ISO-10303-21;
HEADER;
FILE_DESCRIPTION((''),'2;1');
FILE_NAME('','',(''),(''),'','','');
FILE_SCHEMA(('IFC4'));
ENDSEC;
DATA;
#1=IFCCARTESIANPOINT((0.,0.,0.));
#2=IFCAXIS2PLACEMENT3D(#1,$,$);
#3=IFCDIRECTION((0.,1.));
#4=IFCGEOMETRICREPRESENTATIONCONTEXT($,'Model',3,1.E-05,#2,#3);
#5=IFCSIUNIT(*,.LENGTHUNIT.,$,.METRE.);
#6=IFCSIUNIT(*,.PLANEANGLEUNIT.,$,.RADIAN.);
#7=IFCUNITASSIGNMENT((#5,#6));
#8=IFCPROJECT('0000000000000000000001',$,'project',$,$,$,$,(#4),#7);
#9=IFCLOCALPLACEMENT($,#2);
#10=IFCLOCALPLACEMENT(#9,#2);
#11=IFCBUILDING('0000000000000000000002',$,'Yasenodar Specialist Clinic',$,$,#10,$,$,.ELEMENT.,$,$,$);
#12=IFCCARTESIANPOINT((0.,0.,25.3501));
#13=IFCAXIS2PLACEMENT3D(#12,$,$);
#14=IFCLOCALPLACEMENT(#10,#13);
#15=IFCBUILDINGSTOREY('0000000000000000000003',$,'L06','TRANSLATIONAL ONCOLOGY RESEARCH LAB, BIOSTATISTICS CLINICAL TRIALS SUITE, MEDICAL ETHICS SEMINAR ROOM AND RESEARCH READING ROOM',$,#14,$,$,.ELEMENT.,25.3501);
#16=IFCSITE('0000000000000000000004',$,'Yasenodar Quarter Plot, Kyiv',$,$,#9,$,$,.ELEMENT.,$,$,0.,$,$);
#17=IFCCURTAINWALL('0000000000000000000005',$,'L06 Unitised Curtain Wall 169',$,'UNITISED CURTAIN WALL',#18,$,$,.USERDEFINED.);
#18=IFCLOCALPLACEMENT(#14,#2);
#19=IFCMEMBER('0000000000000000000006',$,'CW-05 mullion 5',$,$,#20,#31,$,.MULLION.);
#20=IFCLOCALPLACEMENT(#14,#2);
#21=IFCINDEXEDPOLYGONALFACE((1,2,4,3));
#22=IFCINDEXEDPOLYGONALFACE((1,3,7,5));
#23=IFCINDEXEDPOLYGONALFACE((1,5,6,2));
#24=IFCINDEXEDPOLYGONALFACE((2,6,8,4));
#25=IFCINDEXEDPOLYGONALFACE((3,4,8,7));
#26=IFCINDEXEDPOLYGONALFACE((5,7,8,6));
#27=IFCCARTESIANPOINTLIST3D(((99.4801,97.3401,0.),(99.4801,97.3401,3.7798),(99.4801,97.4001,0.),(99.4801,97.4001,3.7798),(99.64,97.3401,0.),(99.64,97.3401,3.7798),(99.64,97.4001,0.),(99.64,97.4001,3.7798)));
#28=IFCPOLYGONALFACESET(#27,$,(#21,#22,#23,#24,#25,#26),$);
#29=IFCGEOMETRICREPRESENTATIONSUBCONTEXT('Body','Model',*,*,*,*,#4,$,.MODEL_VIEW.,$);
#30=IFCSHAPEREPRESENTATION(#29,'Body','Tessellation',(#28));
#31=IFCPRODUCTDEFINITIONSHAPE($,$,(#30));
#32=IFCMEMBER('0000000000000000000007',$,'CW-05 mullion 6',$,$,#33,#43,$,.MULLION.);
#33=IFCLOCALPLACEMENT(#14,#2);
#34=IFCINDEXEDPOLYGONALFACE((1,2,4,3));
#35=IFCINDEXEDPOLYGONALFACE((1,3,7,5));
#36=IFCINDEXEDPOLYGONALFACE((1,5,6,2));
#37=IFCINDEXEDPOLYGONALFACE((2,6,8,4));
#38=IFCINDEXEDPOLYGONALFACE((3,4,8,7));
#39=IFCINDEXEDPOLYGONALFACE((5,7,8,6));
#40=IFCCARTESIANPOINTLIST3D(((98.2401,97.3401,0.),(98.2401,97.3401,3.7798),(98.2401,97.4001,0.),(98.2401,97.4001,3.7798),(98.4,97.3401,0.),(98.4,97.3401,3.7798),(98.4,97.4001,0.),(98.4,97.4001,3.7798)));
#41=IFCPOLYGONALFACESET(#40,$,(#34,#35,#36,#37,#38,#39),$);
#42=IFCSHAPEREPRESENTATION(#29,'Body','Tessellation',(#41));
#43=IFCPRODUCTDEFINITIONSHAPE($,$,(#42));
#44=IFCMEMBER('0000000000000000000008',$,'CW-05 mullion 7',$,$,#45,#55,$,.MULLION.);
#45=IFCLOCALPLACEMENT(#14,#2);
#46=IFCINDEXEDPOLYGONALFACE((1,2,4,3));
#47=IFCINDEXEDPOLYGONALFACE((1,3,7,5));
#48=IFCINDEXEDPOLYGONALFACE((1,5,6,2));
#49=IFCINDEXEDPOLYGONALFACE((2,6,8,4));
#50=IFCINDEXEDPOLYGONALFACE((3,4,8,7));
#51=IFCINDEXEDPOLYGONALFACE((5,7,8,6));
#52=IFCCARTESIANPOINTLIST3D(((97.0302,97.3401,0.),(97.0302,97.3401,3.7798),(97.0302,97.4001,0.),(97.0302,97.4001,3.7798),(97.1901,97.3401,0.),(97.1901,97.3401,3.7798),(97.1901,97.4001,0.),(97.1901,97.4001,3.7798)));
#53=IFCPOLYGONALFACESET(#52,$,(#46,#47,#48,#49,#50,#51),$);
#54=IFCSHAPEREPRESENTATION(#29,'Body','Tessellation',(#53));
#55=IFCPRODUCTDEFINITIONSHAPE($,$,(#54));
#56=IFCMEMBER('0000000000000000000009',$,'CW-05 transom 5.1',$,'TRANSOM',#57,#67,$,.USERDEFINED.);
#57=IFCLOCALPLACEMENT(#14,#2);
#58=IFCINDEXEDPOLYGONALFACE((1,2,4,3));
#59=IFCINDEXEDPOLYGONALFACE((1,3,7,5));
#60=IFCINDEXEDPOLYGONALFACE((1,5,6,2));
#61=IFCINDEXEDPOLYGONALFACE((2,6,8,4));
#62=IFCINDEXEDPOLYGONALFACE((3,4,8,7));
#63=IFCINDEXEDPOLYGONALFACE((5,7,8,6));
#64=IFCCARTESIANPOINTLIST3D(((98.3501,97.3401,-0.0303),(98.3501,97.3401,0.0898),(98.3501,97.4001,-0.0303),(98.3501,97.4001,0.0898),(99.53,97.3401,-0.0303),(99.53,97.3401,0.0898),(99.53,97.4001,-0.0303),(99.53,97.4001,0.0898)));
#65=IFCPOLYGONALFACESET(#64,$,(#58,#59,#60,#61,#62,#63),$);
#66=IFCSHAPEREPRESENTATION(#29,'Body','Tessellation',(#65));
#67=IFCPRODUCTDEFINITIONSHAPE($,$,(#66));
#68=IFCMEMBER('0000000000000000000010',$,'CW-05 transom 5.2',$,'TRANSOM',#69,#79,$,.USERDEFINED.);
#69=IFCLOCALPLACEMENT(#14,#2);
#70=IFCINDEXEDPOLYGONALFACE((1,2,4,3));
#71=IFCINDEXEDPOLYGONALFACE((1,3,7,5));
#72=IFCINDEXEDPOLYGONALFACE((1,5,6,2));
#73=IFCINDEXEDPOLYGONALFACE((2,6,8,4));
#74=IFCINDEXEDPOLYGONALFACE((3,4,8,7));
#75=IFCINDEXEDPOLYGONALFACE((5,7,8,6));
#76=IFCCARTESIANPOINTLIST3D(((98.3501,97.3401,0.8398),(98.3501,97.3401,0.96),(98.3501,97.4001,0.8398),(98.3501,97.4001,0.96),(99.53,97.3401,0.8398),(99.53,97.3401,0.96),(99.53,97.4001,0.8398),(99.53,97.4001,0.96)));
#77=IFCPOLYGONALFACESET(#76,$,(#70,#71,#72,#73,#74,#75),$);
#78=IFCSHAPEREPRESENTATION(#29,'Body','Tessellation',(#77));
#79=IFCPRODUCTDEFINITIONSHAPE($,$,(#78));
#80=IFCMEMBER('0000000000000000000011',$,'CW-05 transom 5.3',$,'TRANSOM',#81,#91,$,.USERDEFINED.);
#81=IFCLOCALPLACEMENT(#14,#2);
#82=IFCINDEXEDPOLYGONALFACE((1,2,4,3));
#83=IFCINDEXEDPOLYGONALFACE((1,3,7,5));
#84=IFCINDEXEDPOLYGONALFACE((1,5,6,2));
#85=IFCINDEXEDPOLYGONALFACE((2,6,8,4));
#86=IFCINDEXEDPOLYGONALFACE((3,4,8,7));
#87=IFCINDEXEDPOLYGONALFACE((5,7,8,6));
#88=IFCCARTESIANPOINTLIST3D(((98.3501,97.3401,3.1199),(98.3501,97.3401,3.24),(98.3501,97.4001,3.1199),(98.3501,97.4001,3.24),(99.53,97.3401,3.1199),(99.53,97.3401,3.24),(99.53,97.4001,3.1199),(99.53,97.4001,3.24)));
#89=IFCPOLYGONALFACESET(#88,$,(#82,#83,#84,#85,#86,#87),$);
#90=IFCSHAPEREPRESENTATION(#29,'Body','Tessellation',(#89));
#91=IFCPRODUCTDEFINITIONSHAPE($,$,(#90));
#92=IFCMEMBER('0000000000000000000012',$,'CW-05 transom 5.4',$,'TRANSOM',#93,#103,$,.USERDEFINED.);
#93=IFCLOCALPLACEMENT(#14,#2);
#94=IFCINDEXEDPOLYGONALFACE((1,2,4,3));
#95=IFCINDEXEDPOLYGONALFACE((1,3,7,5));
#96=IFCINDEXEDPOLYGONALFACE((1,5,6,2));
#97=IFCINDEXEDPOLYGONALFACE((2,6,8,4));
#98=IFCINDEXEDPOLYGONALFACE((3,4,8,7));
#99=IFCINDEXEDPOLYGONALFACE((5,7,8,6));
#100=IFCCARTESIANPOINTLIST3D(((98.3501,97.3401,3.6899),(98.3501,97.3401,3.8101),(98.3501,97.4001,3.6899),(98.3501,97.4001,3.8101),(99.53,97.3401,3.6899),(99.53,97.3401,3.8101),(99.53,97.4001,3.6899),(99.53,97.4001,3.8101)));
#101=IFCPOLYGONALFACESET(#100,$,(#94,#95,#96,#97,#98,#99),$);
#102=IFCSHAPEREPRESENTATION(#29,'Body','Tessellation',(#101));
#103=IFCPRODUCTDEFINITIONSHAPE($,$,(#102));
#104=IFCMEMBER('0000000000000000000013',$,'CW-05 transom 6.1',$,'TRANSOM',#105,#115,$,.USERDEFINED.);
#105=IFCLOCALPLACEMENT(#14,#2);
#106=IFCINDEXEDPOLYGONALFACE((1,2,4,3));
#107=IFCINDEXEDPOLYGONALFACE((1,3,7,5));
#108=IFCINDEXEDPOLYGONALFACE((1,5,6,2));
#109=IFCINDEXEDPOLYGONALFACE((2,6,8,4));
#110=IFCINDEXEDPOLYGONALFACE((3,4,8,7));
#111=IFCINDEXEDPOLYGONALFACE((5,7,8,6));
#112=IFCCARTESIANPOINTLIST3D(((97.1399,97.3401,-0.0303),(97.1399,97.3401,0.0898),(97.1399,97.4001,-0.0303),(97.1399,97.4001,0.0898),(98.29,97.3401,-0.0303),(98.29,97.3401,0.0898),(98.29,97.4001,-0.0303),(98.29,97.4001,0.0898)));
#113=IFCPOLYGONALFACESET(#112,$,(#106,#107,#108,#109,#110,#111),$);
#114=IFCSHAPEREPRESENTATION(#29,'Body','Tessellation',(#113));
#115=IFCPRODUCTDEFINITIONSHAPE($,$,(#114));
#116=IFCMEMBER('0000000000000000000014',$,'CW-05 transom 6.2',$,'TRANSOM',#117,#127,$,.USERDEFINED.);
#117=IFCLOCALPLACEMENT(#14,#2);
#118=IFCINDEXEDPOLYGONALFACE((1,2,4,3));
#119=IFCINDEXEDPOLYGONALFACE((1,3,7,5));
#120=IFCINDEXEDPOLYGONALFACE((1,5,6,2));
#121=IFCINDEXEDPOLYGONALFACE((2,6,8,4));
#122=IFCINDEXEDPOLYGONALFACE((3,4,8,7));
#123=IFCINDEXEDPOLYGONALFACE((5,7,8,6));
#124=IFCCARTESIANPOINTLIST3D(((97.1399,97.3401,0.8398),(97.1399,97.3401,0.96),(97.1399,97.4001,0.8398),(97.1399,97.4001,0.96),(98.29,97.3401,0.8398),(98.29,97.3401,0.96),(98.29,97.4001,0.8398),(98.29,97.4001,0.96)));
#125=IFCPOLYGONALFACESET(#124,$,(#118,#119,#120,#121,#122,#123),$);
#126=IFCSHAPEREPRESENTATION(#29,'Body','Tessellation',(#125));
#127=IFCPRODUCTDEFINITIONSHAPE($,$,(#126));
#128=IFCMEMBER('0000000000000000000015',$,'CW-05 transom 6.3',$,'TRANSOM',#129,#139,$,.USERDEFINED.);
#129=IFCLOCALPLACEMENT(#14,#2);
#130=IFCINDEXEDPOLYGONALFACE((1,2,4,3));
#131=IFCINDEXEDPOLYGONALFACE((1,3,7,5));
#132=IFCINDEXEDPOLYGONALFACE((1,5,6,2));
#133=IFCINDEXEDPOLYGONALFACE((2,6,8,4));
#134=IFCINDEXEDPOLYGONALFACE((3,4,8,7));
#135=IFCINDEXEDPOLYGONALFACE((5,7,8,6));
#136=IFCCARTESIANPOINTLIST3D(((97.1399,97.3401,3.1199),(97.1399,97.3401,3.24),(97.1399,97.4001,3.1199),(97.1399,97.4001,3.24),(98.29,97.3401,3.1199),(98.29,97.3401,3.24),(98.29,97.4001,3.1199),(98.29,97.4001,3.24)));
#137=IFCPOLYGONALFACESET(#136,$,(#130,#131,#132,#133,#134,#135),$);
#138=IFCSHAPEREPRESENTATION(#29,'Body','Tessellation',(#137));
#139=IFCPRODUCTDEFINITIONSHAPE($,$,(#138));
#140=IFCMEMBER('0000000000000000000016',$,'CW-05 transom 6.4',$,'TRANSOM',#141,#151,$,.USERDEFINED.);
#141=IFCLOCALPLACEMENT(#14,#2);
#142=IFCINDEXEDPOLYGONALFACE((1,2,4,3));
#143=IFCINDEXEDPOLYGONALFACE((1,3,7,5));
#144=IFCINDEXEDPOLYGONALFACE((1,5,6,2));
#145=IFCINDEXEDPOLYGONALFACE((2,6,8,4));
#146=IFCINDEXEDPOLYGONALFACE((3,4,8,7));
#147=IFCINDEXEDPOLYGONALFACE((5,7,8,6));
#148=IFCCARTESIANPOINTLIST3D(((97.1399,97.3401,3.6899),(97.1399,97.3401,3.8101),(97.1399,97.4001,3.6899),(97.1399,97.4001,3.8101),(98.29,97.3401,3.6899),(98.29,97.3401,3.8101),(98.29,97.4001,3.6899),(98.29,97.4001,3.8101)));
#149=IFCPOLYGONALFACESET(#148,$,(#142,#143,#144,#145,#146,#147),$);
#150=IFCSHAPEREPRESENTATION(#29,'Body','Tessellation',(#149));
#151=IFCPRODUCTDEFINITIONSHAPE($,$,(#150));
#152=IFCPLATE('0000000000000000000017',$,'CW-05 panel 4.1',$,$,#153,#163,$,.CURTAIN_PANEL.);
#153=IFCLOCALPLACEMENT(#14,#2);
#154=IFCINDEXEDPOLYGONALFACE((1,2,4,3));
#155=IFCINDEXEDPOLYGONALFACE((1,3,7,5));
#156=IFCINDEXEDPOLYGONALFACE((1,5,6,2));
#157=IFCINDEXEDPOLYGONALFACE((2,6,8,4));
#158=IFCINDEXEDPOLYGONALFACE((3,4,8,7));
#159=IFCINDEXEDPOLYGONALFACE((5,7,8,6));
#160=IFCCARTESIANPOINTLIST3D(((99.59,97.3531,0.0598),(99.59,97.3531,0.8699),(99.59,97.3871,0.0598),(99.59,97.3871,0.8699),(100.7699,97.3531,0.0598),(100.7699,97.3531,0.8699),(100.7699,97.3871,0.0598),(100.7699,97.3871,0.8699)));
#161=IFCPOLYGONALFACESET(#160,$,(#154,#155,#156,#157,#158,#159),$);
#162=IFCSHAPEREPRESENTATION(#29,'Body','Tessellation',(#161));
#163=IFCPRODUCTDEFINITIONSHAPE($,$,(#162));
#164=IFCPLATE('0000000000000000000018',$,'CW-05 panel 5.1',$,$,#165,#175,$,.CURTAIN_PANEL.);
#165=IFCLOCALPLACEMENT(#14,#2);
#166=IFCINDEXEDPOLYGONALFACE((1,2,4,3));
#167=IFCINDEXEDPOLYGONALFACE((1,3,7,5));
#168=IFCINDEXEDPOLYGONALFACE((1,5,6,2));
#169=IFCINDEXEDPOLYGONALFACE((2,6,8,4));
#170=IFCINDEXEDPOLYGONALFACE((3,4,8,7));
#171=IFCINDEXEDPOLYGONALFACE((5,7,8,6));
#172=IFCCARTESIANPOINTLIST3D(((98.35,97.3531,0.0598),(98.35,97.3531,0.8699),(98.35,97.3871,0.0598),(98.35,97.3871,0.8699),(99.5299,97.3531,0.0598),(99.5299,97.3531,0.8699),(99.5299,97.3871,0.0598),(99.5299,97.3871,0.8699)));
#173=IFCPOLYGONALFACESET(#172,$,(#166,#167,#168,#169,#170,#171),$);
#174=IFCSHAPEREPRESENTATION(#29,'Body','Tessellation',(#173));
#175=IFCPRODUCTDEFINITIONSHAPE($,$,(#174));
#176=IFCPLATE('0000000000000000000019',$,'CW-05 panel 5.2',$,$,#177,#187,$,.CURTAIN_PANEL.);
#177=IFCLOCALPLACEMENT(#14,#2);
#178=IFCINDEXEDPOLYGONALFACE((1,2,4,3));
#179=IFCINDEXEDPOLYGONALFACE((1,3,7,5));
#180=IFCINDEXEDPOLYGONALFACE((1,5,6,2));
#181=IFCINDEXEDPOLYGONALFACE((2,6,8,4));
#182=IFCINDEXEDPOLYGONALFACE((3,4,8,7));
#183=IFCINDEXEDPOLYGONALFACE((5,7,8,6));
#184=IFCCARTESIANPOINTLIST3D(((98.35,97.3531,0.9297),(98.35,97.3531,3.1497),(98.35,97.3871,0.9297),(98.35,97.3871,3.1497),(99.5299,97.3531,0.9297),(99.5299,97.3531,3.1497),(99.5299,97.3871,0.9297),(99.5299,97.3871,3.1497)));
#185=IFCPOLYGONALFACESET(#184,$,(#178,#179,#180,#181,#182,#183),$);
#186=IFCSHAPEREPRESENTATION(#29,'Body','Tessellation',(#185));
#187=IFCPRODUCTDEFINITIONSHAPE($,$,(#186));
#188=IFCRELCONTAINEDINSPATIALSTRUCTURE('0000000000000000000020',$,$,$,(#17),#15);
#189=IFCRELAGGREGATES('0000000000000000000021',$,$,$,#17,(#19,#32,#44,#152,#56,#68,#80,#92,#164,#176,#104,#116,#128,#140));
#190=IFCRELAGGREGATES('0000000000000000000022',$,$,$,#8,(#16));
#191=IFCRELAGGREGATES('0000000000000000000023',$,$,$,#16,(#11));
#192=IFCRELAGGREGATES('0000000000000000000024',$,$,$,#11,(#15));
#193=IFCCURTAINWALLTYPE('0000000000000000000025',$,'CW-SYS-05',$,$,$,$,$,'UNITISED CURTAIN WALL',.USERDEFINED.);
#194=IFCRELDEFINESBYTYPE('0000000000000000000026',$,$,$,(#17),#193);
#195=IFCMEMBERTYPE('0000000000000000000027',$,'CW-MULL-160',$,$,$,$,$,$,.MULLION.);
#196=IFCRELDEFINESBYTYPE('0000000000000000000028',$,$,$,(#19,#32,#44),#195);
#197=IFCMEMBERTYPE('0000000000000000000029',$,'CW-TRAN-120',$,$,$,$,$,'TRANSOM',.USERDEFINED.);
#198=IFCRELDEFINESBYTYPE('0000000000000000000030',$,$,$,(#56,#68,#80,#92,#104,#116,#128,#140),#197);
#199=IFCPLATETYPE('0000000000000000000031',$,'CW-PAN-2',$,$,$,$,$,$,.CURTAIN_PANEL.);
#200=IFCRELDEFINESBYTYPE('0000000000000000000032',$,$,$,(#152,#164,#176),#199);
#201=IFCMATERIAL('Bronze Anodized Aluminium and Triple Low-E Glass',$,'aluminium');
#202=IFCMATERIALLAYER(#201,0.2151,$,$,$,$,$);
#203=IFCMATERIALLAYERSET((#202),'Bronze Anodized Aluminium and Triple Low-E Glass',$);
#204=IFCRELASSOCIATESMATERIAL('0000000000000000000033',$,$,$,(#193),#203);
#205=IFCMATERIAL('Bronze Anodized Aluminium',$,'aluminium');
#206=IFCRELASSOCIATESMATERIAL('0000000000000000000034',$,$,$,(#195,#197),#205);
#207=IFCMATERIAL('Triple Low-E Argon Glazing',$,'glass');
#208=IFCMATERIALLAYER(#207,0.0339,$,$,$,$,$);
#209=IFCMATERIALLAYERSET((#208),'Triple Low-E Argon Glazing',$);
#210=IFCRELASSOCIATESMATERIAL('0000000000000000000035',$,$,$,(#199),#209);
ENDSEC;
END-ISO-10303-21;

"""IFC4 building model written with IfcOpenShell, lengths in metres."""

from ifc_helpers import new_model, si_unit, direction, frame, origin, origin_2d, place, context, subcontext, project, spatial, rectangle, extrude, material, layer, layer_set, material_profile, profile_set, type_object, element, aggregate, save


model = new_model("IFC4")

# Units and contexts
model_context = context("Model", 3, precision=1e-05, world=origin(), true_north=direction((0.0, 1.0)))
body_context = subcontext(model_context, "Body", "Model", "MODEL_VIEW")
ifc_project = project(units=[si_unit("LENGTHUNIT", "METRE"), si_unit("PLANEANGLEUNIT", "RADIAN")], contexts=[model_context])

# Site, building, storey
site_placement = place(None, origin())
site = spatial("IfcSite", under=ifc_project, at=site_placement, Name="Yasenodar Quarter Plot, Kyiv", CompositionType="ELEMENT", RefElevation=0.0)
building_placement = place(site_placement, origin())
building = spatial("IfcBuilding", under=site, at=building_placement, Name="Yasenodar Specialist Clinic", CompositionType="ELEMENT")
storey_placement = place(building_placement, frame((0.0, 0.0, 25.3501)))
storey = spatial("IfcBuildingStorey", under=building, at=storey_placement, Name="L06", Description="TRANSLATIONAL ONCOLOGY RESEARCH LAB, BIOSTATISTICS CLINICAL TRIALS SUITE, MEDICAL ETHICS SEMINAR ROOM AND RESEARCH READING ROOM", CompositionType="ELEMENT", Elevation=25.3501)

# Curtain wall, members, plates
ifc_material_1 = material(Name="Bronze Anodized Aluminium and Triple Low-E Glass", Category="aluminium")
ifc_layer_1 = layer(ifc_material_1, 0.2151)
ifc_layer_set_1 = layer_set([ifc_layer_1], Name="Bronze Anodized Aluminium and Triple Low-E Glass")
curtain_wall_type = type_object("IfcCurtainWallType", Name="CW-SYS-05", ElementType="UNITISED CURTAIN WALL", PredefinedType="USERDEFINED", material=ifc_layer_set_1)
curtain_wall_placement = place(storey_placement, origin())
curtain_wall = element("IfcCurtainWall", 1, at=curtain_wall_placement, inside=storey, type_object=curtain_wall_type, Name="L06 Unitised Curtain Wall 169", ObjectType="UNITISED CURTAIN WALL", PredefinedType="USERDEFINED")
ifc_material_2 = material(Name="Bronze Anodized Aluminium", Category="aluminium")
ifc_material_profile_1 = material_profile(ifc_material_2, rectangle(XDim=0.0601, YDim=0.1599, at=origin_2d()), Name="CW-MULL 60x160")
ifc_profile_set_1 = profile_set([ifc_material_profile_1], Name="Bronze Anodized Aluminium")
member_type_1 = type_object("IfcMemberType", Name="CW-MULL-160", PredefinedType="MULLION", material=ifc_profile_set_1)
member_1_placement = place(storey_placement, frame((99.5601, 97.3701, 0.0), z_axis=(0.0, 0.0, 1.0), x_axis=(0.0, -1.0, 0.0)))
member_1 = element("IfcMember", 2, at=member_1_placement, type_object=member_type_1, Name="CW-05 mullion 5", PredefinedType="MULLION", context=body_context, shape_type="SweptSolid", body=[
    extrude(rectangle(XDim=0.0601, YDim=0.1599, at=origin_2d()), origin(), (0.0, 0.0, 1.0), 3.7798),
])
member_2_placement = place(storey_placement, frame((98.3201, 97.3701, 0.0), z_axis=(0.0, 0.0, 1.0), x_axis=(0.0, -1.0, 0.0)))
member_2 = element("IfcMember", 3, at=member_2_placement, type_object=member_type_1, Name="CW-05 mullion 6", PredefinedType="MULLION", context=body_context, shape_type="SweptSolid", body=[
    extrude(rectangle(XDim=0.0601, YDim=0.1599, at=origin_2d()), origin(), (0.0, 0.0, 1.0), 3.7798),
])
member_3_placement = place(storey_placement, frame((97.1101, 97.3701, 0.0), z_axis=(0.0, 0.0, 1.0), x_axis=(0.0, -1.0, 0.0)))
member_3 = element("IfcMember", 4, at=member_3_placement, type_object=member_type_1, Name="CW-05 mullion 7", PredefinedType="MULLION", context=body_context, shape_type="SweptSolid", body=[
    extrude(rectangle(XDim=0.0601, YDim=0.1599, at=origin_2d()), origin(), (0.0, 0.0, 1.0), 3.7798),
])
ifc_material_profile_2 = material_profile(ifc_material_2, rectangle(XDim=0.0601, YDim=0.1201, at=origin_2d()), Name="CW-TRAN 60x120")
ifc_profile_set_2 = profile_set([ifc_material_profile_2], Name="Bronze Anodized Aluminium")
member_type_2 = type_object("IfcMemberType", Name="CW-TRAN-120", ElementType="TRANSOM", PredefinedType="USERDEFINED", material=ifc_profile_set_2)
member_4_placement = place(storey_placement, frame((99.53, 97.3701, 0.0298), z_axis=(-1.0, 0.0, 0.0), x_axis=(0.0, -1.0, 0.0)))
member_4 = element("IfcMember", 5, at=member_4_placement, type_object=member_type_2, Name="CW-05 transom 5.1", ObjectType="TRANSOM", PredefinedType="USERDEFINED", context=body_context, shape_type="SweptSolid", body=[
    extrude(rectangle(XDim=0.0601, YDim=0.1201, at=origin_2d()), origin(), (0.0, 0.0, 1.0), 1.1799),
])
member_5_placement = place(storey_placement, frame((99.53, 97.3701, 0.8999), z_axis=(-1.0, 0.0, 0.0), x_axis=(0.0, -1.0, 0.0)))
member_5 = element("IfcMember", 6, at=member_5_placement, type_object=member_type_2, Name="CW-05 transom 5.2", ObjectType="TRANSOM", PredefinedType="USERDEFINED", context=body_context, shape_type="SweptSolid", body=[
    extrude(rectangle(XDim=0.0601, YDim=0.1201, at=origin_2d()), origin(), (0.0, 0.0, 1.0), 1.1799),
])
member_6_placement = place(storey_placement, frame((99.53, 97.3701, 3.1799), z_axis=(-1.0, 0.0, 0.0), x_axis=(0.0, -1.0, 0.0)))
member_6 = element("IfcMember", 7, at=member_6_placement, type_object=member_type_2, Name="CW-05 transom 5.3", ObjectType="TRANSOM", PredefinedType="USERDEFINED", context=body_context, shape_type="SweptSolid", body=[
    extrude(rectangle(XDim=0.0601, YDim=0.1201, at=origin_2d()), origin(), (0.0, 0.0, 1.0), 1.1799),
])
member_7_placement = place(storey_placement, frame((99.53, 97.3701, 3.75), z_axis=(-1.0, 0.0, 0.0), x_axis=(0.0, -1.0, 0.0)))
member_7 = element("IfcMember", 8, at=member_7_placement, type_object=member_type_2, Name="CW-05 transom 5.4", ObjectType="TRANSOM", PredefinedType="USERDEFINED", context=body_context, shape_type="SweptSolid", body=[
    extrude(rectangle(XDim=0.0601, YDim=0.1201, at=origin_2d()), origin(), (0.0, 0.0, 1.0), 1.1799),
])
member_8_placement = place(storey_placement, frame((98.29, 97.3701, 0.0298), z_axis=(-1.0, 0.0, 0.0), x_axis=(0.0, -1.0, 0.0)))
member_8 = element("IfcMember", 9, at=member_8_placement, type_object=member_type_2, Name="CW-05 transom 6.1", ObjectType="TRANSOM", PredefinedType="USERDEFINED", context=body_context, shape_type="SweptSolid", body=[
    extrude(rectangle(XDim=0.0601, YDim=0.1201, at=origin_2d()), origin(), (0.0, 0.0, 1.0), 1.1501),
])
member_9_placement = place(storey_placement, frame((98.29, 97.3701, 0.8999), z_axis=(-1.0, 0.0, 0.0), x_axis=(0.0, -1.0, 0.0)))
member_9 = element("IfcMember", 10, at=member_9_placement, type_object=member_type_2, Name="CW-05 transom 6.2", ObjectType="TRANSOM", PredefinedType="USERDEFINED", context=body_context, shape_type="SweptSolid", body=[
    extrude(rectangle(XDim=0.0601, YDim=0.1201, at=origin_2d()), origin(), (0.0, 0.0, 1.0), 1.1501),
])
member_10_placement = place(storey_placement, frame((98.29, 97.3701, 3.1799), z_axis=(-1.0, 0.0, 0.0), x_axis=(0.0, -1.0, 0.0)))
member_10 = element("IfcMember", 11, at=member_10_placement, type_object=member_type_2, Name="CW-05 transom 6.3", ObjectType="TRANSOM", PredefinedType="USERDEFINED", context=body_context, shape_type="SweptSolid", body=[
    extrude(rectangle(XDim=0.0601, YDim=0.1201, at=origin_2d()), origin(), (0.0, 0.0, 1.0), 1.1501),
])
member_11_placement = place(storey_placement, frame((98.29, 97.3701, 3.75), z_axis=(-1.0, 0.0, 0.0), x_axis=(0.0, -1.0, 0.0)))
member_11 = element("IfcMember", 12, at=member_11_placement, type_object=member_type_2, Name="CW-05 transom 6.4", ObjectType="TRANSOM", PredefinedType="USERDEFINED", context=body_context, shape_type="SweptSolid", body=[
    extrude(rectangle(XDim=0.0601, YDim=0.1201, at=origin_2d()), origin(), (0.0, 0.0, 1.0), 1.1501),
])
ifc_material_3 = material(Name="Triple Low-E Argon Glazing", Category="glass")
ifc_layer_2 = layer(ifc_material_3, 0.0339)
ifc_layer_set_2 = layer_set([ifc_layer_2], Name="Triple Low-E Argon Glazing")
plate_type = type_object("IfcPlateType", Name="CW-PAN-2", PredefinedType="CURTAIN_PANEL", material=ifc_layer_set_2)
plate_1_placement = place(storey_placement, frame((100.1799, 97.3701, 0.0598), z_axis=(0.0, 0.0, 1.0), x_axis=(-1.0, 0.0, 0.0)))
plate_1 = element("IfcPlate", 13, at=plate_1_placement, type_object=plate_type, Name="CW-05 panel 4.1", PredefinedType="CURTAIN_PANEL", context=body_context, shape_type="SweptSolid", body=[
    extrude(rectangle(XDim=1.1799, YDim=0.0339, at=origin_2d()), origin(), (0.0, 0.0, 1.0), 0.8101),
])
plate_2_placement = place(storey_placement, frame((98.9399, 97.3701, 0.0598), z_axis=(0.0, 0.0, 1.0), x_axis=(-1.0, 0.0, 0.0)))
plate_2 = element("IfcPlate", 14, at=plate_2_placement, type_object=plate_type, Name="CW-05 panel 5.1", PredefinedType="CURTAIN_PANEL", context=body_context, shape_type="SweptSolid", body=[
    extrude(rectangle(XDim=1.1799, YDim=0.0339, at=origin_2d()), origin(), (0.0, 0.0, 1.0), 0.8101),
])
plate_3_placement = place(storey_placement, frame((98.9399, 97.3701, 0.9297), z_axis=(0.0, 0.0, 1.0), x_axis=(-1.0, 0.0, 0.0)))
plate_3 = element("IfcPlate", 15, at=plate_3_placement, type_object=plate_type, Name="CW-05 panel 5.2", PredefinedType="CURTAIN_PANEL", context=body_context, shape_type="SweptSolid", body=[
    extrude(rectangle(XDim=1.1799, YDim=0.0339, at=origin_2d()), origin(), (0.0, 0.0, 1.0), 2.22),
])
aggregate(curtain_wall, [member_1, member_2, member_3, plate_1, member_4, member_5, member_6, member_7, plate_2, plate_3, member_8, member_9, member_10, member_11])

save(model, "model.ifc")
